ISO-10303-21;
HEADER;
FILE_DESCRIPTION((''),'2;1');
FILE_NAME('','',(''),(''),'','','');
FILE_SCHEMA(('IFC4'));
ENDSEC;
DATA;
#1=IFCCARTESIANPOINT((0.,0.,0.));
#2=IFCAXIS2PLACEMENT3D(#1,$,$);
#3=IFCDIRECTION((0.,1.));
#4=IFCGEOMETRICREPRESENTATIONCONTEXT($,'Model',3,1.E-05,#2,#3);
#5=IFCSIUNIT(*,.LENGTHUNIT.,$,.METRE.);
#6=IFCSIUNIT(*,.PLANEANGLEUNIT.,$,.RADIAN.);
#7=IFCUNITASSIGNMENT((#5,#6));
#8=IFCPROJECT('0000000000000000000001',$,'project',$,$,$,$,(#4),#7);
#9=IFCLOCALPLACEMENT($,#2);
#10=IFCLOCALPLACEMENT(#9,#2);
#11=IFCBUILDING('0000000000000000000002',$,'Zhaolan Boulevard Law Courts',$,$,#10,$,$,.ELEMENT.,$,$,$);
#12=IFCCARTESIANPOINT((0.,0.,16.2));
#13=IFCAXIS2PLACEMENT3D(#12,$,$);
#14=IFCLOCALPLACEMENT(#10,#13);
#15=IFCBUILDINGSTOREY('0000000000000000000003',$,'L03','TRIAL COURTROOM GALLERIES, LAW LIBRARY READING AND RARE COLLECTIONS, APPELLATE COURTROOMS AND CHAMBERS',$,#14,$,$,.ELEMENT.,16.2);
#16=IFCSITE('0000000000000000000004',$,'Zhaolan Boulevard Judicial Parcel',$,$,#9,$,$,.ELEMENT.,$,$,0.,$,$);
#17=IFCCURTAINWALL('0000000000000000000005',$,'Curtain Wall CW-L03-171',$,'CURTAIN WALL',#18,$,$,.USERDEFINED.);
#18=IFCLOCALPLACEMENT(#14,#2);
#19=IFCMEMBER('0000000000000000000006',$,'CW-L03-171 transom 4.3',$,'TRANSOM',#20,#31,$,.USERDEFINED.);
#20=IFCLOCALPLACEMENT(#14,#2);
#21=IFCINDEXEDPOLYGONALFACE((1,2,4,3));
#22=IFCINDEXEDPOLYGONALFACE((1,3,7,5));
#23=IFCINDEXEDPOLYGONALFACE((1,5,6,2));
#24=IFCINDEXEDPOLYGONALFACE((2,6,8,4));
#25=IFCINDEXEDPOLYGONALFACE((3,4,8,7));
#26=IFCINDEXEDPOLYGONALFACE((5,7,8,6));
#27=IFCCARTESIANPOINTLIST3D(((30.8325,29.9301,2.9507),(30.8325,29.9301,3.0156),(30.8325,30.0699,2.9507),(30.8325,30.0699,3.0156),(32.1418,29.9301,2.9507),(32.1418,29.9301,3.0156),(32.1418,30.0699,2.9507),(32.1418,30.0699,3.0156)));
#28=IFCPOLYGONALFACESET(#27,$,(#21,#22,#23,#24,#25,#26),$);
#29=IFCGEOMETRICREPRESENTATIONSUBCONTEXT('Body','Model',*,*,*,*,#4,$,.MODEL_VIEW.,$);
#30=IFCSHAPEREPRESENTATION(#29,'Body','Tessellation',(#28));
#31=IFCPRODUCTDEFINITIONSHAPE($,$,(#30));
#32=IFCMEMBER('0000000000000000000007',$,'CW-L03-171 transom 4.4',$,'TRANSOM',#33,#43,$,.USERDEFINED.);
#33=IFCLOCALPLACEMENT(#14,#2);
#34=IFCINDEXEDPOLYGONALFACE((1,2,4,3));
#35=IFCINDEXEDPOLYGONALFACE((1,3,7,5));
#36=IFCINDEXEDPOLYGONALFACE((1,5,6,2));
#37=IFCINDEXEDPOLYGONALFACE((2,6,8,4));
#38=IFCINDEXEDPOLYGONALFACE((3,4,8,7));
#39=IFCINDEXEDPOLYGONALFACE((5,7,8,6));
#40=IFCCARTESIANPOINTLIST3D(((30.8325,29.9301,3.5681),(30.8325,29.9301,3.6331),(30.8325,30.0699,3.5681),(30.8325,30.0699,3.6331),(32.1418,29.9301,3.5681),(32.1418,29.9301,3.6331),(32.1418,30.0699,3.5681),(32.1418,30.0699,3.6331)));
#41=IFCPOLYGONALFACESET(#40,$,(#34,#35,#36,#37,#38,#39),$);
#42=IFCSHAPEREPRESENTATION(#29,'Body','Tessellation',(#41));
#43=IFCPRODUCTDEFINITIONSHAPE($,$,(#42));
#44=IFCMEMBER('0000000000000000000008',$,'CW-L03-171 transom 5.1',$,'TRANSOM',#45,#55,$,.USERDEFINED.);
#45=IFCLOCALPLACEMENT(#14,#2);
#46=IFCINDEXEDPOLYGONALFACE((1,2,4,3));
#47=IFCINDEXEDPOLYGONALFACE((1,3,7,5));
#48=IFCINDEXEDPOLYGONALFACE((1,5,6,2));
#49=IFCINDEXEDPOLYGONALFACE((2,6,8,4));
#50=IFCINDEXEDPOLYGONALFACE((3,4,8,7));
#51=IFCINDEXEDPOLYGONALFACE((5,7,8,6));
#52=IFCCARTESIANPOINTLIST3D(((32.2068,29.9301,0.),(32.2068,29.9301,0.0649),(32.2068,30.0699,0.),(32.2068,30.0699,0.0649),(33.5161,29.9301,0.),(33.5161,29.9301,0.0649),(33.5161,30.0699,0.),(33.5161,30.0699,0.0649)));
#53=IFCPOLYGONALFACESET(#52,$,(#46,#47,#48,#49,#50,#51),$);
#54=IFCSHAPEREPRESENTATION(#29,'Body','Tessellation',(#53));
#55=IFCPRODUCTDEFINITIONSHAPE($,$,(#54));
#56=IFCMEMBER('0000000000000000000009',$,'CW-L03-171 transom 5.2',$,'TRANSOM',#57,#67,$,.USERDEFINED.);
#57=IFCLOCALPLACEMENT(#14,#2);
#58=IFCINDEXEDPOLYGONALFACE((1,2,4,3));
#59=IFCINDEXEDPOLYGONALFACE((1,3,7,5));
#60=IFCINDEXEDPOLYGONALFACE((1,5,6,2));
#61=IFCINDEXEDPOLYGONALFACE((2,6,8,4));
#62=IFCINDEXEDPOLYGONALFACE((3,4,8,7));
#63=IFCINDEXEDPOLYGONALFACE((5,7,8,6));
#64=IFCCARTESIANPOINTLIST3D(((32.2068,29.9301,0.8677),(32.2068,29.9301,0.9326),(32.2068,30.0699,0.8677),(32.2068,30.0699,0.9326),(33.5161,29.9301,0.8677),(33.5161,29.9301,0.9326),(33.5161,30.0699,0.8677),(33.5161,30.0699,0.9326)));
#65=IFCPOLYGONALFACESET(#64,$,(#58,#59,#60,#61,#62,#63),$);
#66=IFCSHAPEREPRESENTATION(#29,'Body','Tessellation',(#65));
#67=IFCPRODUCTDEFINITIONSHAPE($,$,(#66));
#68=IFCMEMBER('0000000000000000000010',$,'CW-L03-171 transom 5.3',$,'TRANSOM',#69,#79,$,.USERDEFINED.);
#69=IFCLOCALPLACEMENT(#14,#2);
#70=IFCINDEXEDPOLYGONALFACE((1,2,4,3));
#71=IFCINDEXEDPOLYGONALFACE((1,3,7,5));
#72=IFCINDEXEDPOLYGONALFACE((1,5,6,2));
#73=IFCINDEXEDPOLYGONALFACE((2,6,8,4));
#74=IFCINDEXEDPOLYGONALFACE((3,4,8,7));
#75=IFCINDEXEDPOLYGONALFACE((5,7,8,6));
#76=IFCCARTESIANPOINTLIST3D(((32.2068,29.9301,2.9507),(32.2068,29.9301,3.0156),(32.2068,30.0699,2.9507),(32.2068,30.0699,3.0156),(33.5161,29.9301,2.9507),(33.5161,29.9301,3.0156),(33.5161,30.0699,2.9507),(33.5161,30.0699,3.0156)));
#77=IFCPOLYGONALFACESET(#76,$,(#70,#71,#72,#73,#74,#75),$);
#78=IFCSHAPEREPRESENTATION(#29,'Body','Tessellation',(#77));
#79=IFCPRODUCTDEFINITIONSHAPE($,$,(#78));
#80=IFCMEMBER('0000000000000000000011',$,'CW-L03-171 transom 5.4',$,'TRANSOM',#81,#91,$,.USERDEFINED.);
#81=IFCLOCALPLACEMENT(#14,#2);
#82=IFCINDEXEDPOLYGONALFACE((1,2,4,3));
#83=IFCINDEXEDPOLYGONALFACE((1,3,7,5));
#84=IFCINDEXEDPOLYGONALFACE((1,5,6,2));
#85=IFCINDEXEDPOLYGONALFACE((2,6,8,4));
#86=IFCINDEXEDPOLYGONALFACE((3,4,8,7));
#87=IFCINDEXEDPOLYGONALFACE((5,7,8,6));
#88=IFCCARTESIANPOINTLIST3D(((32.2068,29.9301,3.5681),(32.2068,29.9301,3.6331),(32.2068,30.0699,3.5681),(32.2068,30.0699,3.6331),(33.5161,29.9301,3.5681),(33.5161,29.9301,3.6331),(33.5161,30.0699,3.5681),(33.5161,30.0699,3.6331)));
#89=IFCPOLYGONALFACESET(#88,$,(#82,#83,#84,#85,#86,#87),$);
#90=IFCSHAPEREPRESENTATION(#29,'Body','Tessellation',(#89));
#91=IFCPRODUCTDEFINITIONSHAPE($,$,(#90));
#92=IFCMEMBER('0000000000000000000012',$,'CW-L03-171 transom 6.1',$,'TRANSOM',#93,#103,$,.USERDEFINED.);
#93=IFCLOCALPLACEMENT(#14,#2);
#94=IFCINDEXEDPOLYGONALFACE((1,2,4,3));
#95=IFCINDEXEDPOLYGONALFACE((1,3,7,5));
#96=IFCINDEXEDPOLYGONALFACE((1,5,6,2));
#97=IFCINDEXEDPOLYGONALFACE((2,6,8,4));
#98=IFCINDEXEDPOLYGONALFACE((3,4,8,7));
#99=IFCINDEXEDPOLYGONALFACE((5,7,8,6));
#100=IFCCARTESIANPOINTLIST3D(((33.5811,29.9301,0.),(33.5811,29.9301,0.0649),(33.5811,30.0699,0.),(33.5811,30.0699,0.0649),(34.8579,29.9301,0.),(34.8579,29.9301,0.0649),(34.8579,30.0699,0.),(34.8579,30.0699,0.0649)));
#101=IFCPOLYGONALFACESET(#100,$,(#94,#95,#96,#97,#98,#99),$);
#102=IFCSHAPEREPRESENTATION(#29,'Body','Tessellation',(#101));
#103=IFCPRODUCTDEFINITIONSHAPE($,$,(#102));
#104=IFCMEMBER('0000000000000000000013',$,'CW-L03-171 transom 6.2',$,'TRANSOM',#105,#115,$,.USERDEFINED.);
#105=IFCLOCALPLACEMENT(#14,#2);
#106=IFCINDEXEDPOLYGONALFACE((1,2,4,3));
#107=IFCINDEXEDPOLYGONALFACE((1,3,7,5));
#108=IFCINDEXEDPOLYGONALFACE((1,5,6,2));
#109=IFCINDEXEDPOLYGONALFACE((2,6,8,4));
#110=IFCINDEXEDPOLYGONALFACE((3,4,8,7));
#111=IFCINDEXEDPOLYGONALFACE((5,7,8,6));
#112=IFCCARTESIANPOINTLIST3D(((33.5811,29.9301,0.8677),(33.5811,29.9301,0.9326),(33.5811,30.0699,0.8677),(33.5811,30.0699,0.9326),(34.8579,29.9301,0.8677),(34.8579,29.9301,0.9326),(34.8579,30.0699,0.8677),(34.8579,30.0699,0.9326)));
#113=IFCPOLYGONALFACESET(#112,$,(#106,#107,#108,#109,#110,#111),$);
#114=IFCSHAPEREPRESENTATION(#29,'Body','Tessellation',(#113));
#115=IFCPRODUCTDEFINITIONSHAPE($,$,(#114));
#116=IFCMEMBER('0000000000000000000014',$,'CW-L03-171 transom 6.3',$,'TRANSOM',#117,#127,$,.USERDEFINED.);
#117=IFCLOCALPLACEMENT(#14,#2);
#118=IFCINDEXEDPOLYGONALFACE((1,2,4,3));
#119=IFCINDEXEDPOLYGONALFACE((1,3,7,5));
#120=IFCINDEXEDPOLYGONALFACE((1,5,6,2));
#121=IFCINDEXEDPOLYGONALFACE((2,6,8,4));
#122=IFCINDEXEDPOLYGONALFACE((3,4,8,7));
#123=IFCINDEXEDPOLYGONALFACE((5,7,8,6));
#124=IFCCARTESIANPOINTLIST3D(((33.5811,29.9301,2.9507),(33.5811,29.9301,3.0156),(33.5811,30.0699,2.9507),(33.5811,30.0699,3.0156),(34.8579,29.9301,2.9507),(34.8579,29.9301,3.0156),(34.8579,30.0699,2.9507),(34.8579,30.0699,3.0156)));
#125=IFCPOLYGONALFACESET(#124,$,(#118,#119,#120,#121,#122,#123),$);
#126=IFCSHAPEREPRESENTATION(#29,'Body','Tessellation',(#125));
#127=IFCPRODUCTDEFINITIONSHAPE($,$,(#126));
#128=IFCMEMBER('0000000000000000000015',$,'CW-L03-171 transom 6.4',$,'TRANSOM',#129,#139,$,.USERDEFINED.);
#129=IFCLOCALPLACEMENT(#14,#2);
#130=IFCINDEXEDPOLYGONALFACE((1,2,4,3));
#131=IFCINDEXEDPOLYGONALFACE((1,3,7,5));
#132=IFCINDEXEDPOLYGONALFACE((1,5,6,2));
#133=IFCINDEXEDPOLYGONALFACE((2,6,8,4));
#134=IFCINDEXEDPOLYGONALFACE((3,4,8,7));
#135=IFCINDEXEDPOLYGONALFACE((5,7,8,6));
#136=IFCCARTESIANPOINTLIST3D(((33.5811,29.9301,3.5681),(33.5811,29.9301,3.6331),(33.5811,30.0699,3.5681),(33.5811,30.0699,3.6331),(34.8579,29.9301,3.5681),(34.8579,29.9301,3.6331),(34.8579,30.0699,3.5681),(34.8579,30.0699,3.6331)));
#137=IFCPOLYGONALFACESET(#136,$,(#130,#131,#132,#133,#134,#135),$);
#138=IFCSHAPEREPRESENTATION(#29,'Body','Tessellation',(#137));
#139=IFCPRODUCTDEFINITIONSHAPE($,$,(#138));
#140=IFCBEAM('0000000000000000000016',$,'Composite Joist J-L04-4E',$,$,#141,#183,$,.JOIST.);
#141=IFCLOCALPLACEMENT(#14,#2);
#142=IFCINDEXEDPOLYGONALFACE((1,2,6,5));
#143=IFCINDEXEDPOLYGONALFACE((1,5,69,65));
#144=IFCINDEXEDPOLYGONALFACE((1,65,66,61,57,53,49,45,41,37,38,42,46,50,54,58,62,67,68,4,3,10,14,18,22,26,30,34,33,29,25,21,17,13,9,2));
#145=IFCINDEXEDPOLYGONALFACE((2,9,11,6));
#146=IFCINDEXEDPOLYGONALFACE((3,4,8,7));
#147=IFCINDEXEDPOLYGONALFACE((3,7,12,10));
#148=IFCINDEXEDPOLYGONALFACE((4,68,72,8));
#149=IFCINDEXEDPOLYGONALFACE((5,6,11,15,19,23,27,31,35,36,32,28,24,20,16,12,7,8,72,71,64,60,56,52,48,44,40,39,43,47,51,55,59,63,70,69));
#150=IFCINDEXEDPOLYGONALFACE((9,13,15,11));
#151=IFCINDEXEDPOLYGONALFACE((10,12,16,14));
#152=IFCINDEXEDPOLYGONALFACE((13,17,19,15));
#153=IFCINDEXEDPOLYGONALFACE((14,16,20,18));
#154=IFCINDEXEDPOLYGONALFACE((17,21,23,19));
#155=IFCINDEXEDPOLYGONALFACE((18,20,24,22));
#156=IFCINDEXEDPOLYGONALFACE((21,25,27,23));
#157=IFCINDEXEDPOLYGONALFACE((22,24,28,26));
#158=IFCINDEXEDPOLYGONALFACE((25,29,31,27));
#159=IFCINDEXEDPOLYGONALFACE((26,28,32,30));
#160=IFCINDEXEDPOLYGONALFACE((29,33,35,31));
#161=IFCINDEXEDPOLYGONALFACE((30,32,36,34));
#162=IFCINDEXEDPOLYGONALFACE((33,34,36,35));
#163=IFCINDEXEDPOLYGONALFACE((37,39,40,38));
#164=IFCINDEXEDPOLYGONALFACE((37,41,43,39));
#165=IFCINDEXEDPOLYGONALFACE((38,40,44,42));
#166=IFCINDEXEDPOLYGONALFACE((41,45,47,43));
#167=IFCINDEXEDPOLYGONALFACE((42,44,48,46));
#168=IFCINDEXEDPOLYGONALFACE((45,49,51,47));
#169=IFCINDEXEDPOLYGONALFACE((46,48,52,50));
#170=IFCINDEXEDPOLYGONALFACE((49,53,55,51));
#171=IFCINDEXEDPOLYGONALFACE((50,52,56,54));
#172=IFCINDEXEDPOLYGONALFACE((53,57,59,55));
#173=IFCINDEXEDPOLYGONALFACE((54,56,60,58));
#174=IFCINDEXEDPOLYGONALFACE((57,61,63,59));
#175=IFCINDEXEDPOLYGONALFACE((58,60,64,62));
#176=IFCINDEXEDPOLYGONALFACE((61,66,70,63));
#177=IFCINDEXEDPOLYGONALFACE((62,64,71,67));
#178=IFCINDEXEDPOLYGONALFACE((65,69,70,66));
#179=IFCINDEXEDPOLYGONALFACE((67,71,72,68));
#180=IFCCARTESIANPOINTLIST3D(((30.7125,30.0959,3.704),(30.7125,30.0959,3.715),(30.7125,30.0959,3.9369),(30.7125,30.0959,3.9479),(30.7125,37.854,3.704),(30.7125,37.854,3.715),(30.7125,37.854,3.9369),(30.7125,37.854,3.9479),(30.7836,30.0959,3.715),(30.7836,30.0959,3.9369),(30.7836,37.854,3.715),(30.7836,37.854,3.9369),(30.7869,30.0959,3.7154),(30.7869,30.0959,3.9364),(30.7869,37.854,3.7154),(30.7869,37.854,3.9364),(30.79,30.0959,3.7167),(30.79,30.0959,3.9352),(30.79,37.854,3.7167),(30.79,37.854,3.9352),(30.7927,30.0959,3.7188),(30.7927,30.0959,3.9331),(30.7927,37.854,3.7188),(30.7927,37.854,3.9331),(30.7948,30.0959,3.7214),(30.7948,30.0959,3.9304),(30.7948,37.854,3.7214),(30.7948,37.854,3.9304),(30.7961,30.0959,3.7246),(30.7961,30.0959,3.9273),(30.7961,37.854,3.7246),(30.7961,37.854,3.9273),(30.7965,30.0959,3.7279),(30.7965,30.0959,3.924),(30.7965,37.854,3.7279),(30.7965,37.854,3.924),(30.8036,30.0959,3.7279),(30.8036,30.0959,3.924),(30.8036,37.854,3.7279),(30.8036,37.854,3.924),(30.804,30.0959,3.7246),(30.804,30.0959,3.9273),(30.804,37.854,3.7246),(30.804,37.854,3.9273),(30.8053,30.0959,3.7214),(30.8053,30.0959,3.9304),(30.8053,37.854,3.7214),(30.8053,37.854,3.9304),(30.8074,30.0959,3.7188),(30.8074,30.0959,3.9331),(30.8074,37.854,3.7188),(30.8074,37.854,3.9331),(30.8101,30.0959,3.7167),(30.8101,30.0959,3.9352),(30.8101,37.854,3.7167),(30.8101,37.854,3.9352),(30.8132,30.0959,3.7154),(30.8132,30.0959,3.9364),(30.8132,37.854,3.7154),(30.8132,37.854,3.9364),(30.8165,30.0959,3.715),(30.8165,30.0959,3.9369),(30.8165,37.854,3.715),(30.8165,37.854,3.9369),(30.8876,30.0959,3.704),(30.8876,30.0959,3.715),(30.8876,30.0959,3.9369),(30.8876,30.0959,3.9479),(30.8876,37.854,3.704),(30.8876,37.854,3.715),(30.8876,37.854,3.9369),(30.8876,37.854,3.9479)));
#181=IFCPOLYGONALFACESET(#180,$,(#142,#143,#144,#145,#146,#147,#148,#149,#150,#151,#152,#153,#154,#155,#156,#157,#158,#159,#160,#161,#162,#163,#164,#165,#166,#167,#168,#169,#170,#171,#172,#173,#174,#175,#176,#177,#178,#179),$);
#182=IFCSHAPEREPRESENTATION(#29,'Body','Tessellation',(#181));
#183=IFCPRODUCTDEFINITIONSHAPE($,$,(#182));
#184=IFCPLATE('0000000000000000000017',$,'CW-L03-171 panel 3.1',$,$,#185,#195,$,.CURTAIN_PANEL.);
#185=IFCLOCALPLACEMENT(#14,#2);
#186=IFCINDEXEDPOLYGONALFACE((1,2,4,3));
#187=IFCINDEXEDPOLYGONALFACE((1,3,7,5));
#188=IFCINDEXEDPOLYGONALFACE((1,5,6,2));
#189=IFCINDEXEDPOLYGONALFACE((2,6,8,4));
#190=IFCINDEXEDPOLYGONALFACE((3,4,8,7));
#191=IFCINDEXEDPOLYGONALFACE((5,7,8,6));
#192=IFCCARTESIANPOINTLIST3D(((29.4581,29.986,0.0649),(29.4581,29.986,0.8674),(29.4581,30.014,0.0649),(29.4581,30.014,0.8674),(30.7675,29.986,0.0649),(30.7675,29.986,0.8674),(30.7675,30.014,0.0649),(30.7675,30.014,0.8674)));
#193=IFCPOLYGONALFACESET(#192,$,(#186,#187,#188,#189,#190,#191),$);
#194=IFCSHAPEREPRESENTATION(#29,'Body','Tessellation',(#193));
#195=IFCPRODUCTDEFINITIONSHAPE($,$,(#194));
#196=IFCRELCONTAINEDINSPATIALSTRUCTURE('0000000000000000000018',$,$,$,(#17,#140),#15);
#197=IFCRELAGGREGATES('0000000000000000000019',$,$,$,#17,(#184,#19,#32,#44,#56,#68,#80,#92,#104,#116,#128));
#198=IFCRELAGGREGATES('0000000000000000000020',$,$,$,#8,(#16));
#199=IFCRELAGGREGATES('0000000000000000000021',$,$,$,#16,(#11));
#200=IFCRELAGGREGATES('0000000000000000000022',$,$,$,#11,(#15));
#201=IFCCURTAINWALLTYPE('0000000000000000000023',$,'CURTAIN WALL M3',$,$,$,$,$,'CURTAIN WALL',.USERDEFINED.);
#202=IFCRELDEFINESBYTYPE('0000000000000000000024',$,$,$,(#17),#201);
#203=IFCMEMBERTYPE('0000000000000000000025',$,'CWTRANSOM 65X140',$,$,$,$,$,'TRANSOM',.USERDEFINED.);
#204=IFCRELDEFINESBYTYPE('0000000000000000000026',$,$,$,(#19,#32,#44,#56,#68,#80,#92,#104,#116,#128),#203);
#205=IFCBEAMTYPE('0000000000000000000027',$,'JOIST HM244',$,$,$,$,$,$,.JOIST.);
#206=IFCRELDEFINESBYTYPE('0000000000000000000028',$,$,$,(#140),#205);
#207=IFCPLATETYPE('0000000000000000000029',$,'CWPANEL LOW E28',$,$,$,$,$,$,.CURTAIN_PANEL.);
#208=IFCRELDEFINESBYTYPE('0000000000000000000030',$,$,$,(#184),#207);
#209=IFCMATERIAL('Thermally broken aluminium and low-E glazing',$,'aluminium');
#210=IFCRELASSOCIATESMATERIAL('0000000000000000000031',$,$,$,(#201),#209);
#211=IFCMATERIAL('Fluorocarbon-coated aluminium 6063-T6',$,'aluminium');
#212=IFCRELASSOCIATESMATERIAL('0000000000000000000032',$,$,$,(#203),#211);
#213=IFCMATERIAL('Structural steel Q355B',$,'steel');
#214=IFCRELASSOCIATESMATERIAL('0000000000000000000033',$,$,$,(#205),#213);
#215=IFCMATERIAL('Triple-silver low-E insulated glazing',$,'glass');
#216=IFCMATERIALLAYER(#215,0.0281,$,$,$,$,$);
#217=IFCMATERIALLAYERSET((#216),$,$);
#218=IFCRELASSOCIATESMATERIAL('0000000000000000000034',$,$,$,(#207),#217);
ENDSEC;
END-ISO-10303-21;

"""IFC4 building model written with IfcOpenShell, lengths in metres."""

from ifc_helpers import new_model, si_unit, direction, frame, origin, origin_2d, place, context, subcontext, project, spatial, rectangle, i_section, extrude, material, layer, layer_set, material_profile, profile_set, type_object, element, aggregate, save


model = new_model("IFC4")

# Units and contexts
model_context = context("Model", 3, precision=1e-05, world=origin(), true_north=direction((0.0, 1.0)))
body_context = subcontext(model_context, "Body", "Model", "MODEL_VIEW")
ifc_project = project(units=[si_unit("LENGTHUNIT", "METRE"), si_unit("PLANEANGLEUNIT", "RADIAN")], contexts=[model_context])

# Site, building, storey
site_placement = place(None, origin())
site = spatial("IfcSite", under=ifc_project, at=site_placement, Name="Zhaolan Boulevard Judicial Parcel", CompositionType="ELEMENT", RefElevation=0.0)
building_placement = place(site_placement, origin())
building = spatial("IfcBuilding", under=site, at=building_placement, Name="Zhaolan Boulevard Law Courts", CompositionType="ELEMENT")
storey_placement = place(building_placement, frame((0.0, 0.0, 16.2)))
storey = spatial("IfcBuildingStorey", under=building, at=storey_placement, Name="L03", Description="TRIAL COURTROOM GALLERIES, LAW LIBRARY READING AND RARE COLLECTIONS, APPELLATE COURTROOMS AND CHAMBERS", CompositionType="ELEMENT", Elevation=16.2)

# Curtain wall, members
ifc_material_1 = material(Name="Thermally broken aluminium and low-E glazing", Category="aluminium")
curtain_wall_type = type_object("IfcCurtainWallType", Name="CURTAIN WALL M3", ElementType="CURTAIN WALL", PredefinedType="USERDEFINED", material=ifc_material_1)
curtain_wall_placement = place(storey_placement, origin())
curtain_wall = element("IfcCurtainWall", 1, at=curtain_wall_placement, inside=storey, type_object=curtain_wall_type, Name="Curtain Wall CW-L03-171", ObjectType="CURTAIN WALL", PredefinedType="USERDEFINED")
ifc_material_2 = material(Name="Fluorocarbon-coated aluminium 6063-T6", Category="aluminium")
ifc_material_profile_1 = material_profile(ifc_material_2, rectangle(XDim=0.1399, YDim=0.0649, at=origin_2d()), Name="AL65x140")
ifc_profile_set_1 = profile_set([ifc_material_profile_1], Name="Fluorocarbon-coated aluminium 6063-T6")
member_type_1 = type_object("IfcMemberType", Name="CWTRANSOM 65X140", ElementType="TRANSOM", PredefinedType="USERDEFINED", material=ifc_profile_set_1)
member_1_placement = place(storey_placement, frame((30.8325, 30.0, 2.9832), z_axis=(1.0, 0.0, 0.0), x_axis=(0.0, 1.0, 0.0)))
member_1 = element("IfcMember", 2, at=member_1_placement, type_object=member_type_1, Name="CW-L03-171 transom 4.3", ObjectType="TRANSOM", PredefinedType="USERDEFINED", context=body_context, shape_type="SweptSolid", body=[
    extrude(rectangle(XDim=0.1399, YDim=0.0649, at=origin_2d()), origin(), (0.0, 0.0, 1.0), 1.3093),
])
member_2_placement = place(storey_placement, frame((30.8325, 30.0, 3.6006), z_axis=(1.0, 0.0, 0.0), x_axis=(0.0, 1.0, 0.0)))
member_2 = element("IfcMember", 3, at=member_2_placement, type_object=member_type_1, Name="CW-L03-171 transom 4.4", ObjectType="TRANSOM", PredefinedType="USERDEFINED", context=body_context, shape_type="SweptSolid", body=[
    extrude(rectangle(XDim=0.1399, YDim=0.0649, at=origin_2d()), origin(), (0.0, 0.0, 1.0), 1.3093),
])
member_3_placement = place(storey_placement, frame((32.2068, 30.0, 0.0325), z_axis=(1.0, 0.0, 0.0), x_axis=(0.0, 1.0, 0.0)))
member_3 = element("IfcMember", 4, at=member_3_placement, type_object=member_type_1, Name="CW-L03-171 transom 5.1", ObjectType="TRANSOM", PredefinedType="USERDEFINED", context=body_context, shape_type="SweptSolid", body=[
    extrude(rectangle(XDim=0.1399, YDim=0.0649, at=origin_2d()), origin(), (0.0, 0.0, 1.0), 1.3093),
])
member_4_placement = place(storey_placement, frame((32.2068, 30.0, 0.9001), z_axis=(1.0, 0.0, 0.0), x_axis=(0.0, 1.0, 0.0)))
member_4 = element("IfcMember", 5, at=member_4_placement, type_object=member_type_1, Name="CW-L03-171 transom 5.2", ObjectType="TRANSOM", PredefinedType="USERDEFINED", context=body_context, shape_type="SweptSolid", body=[
    extrude(rectangle(XDim=0.1399, YDim=0.0649, at=origin_2d()), origin(), (0.0, 0.0, 1.0), 1.3093),
])
member_5_placement = place(storey_placement, frame((32.2068, 30.0, 2.9832), z_axis=(1.0, 0.0, 0.0), x_axis=(0.0, 1.0, 0.0)))
member_5 = element("IfcMember", 6, at=member_5_placement, type_object=member_type_1, Name="CW-L03-171 transom 5.3", ObjectType="TRANSOM", PredefinedType="USERDEFINED", context=body_context, shape_type="SweptSolid", body=[
    extrude(rectangle(XDim=0.1399, YDim=0.0649, at=origin_2d()), origin(), (0.0, 0.0, 1.0), 1.3093),
])
member_6_placement = place(storey_placement, frame((32.2068, 30.0, 3.6006), z_axis=(1.0, 0.0, 0.0), x_axis=(0.0, 1.0, 0.0)))
member_6 = element("IfcMember", 7, at=member_6_placement, type_object=member_type_1, Name="CW-L03-171 transom 5.4", ObjectType="TRANSOM", PredefinedType="USERDEFINED", context=body_context, shape_type="SweptSolid", body=[
    extrude(rectangle(XDim=0.1399, YDim=0.0649, at=origin_2d()), origin(), (0.0, 0.0, 1.0), 1.3093),
])
member_7_placement = place(storey_placement, frame((33.5811, 30.0, 0.0325), z_axis=(1.0, 0.0, 0.0), x_axis=(0.0, 1.0, 0.0)))
member_7 = element("IfcMember", 8, at=member_7_placement, type_object=member_type_1, Name="CW-L03-171 transom 6.1", ObjectType="TRANSOM", PredefinedType="USERDEFINED", context=body_context, shape_type="SweptSolid", body=[
    extrude(rectangle(XDim=0.1399, YDim=0.0649, at=origin_2d()), origin(), (0.0, 0.0, 1.0), 1.2769),
])
member_8_placement = place(storey_placement, frame((33.5811, 30.0, 0.9001), z_axis=(1.0, 0.0, 0.0), x_axis=(0.0, 1.0, 0.0)))
member_8 = element("IfcMember", 9, at=member_8_placement, type_object=member_type_1, Name="CW-L03-171 transom 6.2", ObjectType="TRANSOM", PredefinedType="USERDEFINED", context=body_context, shape_type="SweptSolid", body=[
    extrude(rectangle(XDim=0.1399, YDim=0.0649, at=origin_2d()), origin(), (0.0, 0.0, 1.0), 1.2769),
])
member_9_placement = place(storey_placement, frame((33.5811, 30.0, 2.9832), z_axis=(1.0, 0.0, 0.0), x_axis=(0.0, 1.0, 0.0)))
member_9 = element("IfcMember", 10, at=member_9_placement, type_object=member_type_1, Name="CW-L03-171 transom 6.3", ObjectType="TRANSOM", PredefinedType="USERDEFINED", context=body_context, shape_type="SweptSolid", body=[
    extrude(rectangle(XDim=0.1399, YDim=0.0649, at=origin_2d()), origin(), (0.0, 0.0, 1.0), 1.2769),
])
member_10_placement = place(storey_placement, frame((33.5811, 30.0, 3.6006), z_axis=(1.0, 0.0, 0.0), x_axis=(0.0, 1.0, 0.0)))
member_10 = element("IfcMember", 11, at=member_10_placement, type_object=member_type_1, Name="CW-L03-171 transom 6.4", ObjectType="TRANSOM", PredefinedType="USERDEFINED", context=body_context, shape_type="SweptSolid", body=[
    extrude(rectangle(XDim=0.1399, YDim=0.0649, at=origin_2d()), origin(), (0.0, 0.0, 1.0), 1.2769),
])

# Beam
ifc_material_3 = material(Name="Structural steel Q355B", Category="steel")
ifc_material_profile_2 = material_profile(ifc_material_3, i_section(OverallWidth=0.175, OverallDepth=0.2439, WebThickness=0.0071, FlangeThickness=0.011, FilletRadius=0.0129, at=origin_2d()), Name="HM244x175")
ifc_profile_set_2 = profile_set([ifc_material_profile_2], Name="Structural steel Q355B")
beam_type = type_object("IfcBeamType", Name="JOIST HM244", PredefinedType="JOIST", material=ifc_profile_set_2)
beam_placement = place(storey_placement, frame((30.8, 30.0959, 3.8259), z_axis=(0.0, 1.0, 0.0), x_axis=(-1.0, 0.0, 0.0)))
element("IfcBeam", 12, at=beam_placement, inside=storey, type_object=beam_type, Name="Composite Joist J-L04-4E", PredefinedType="JOIST", context=body_context, shape_type="SweptSolid", body=[
    extrude(i_section(OverallWidth=0.175, OverallDepth=0.2439, WebThickness=0.0071, FlangeThickness=0.011, FilletRadius=0.0129, at=origin_2d()), origin(), (0.0, 0.0, 1.0), 7.7581),
])

# Plate
ifc_material_4 = material(Name="Triple-silver low-E insulated glazing", Category="glass")
ifc_layer_1 = layer(ifc_material_4, 0.0281)
ifc_layer_set_1 = layer_set([ifc_layer_1])
plate_type_1 = type_object("IfcPlateType", Name="CWPANEL LOW E28", PredefinedType="CURTAIN_PANEL", material=ifc_layer_set_1)
plate_1_placement = place(storey_placement, frame((30.1128, 30.0, 0.0649), z_axis=(0.0, 0.0, 1.0), x_axis=(1.0, 0.0, 0.0)))
plate_1 = element("IfcPlate", 13, at=plate_1_placement, type_object=plate_type_1, Name="CW-L03-171 panel 3.1", PredefinedType="CURTAIN_PANEL", context=body_context, shape_type="SweptSolid", body=[
    extrude(rectangle(XDim=1.3093, YDim=0.0281, at=origin_2d()), origin(), (0.0, 0.0, 1.0), 0.8025),
])
aggregate(curtain_wall, [plate_1, member_1, member_2, member_3, member_4, member_5, member_6, member_7, member_8, member_9, member_10])

save(model, "model.ifc")
